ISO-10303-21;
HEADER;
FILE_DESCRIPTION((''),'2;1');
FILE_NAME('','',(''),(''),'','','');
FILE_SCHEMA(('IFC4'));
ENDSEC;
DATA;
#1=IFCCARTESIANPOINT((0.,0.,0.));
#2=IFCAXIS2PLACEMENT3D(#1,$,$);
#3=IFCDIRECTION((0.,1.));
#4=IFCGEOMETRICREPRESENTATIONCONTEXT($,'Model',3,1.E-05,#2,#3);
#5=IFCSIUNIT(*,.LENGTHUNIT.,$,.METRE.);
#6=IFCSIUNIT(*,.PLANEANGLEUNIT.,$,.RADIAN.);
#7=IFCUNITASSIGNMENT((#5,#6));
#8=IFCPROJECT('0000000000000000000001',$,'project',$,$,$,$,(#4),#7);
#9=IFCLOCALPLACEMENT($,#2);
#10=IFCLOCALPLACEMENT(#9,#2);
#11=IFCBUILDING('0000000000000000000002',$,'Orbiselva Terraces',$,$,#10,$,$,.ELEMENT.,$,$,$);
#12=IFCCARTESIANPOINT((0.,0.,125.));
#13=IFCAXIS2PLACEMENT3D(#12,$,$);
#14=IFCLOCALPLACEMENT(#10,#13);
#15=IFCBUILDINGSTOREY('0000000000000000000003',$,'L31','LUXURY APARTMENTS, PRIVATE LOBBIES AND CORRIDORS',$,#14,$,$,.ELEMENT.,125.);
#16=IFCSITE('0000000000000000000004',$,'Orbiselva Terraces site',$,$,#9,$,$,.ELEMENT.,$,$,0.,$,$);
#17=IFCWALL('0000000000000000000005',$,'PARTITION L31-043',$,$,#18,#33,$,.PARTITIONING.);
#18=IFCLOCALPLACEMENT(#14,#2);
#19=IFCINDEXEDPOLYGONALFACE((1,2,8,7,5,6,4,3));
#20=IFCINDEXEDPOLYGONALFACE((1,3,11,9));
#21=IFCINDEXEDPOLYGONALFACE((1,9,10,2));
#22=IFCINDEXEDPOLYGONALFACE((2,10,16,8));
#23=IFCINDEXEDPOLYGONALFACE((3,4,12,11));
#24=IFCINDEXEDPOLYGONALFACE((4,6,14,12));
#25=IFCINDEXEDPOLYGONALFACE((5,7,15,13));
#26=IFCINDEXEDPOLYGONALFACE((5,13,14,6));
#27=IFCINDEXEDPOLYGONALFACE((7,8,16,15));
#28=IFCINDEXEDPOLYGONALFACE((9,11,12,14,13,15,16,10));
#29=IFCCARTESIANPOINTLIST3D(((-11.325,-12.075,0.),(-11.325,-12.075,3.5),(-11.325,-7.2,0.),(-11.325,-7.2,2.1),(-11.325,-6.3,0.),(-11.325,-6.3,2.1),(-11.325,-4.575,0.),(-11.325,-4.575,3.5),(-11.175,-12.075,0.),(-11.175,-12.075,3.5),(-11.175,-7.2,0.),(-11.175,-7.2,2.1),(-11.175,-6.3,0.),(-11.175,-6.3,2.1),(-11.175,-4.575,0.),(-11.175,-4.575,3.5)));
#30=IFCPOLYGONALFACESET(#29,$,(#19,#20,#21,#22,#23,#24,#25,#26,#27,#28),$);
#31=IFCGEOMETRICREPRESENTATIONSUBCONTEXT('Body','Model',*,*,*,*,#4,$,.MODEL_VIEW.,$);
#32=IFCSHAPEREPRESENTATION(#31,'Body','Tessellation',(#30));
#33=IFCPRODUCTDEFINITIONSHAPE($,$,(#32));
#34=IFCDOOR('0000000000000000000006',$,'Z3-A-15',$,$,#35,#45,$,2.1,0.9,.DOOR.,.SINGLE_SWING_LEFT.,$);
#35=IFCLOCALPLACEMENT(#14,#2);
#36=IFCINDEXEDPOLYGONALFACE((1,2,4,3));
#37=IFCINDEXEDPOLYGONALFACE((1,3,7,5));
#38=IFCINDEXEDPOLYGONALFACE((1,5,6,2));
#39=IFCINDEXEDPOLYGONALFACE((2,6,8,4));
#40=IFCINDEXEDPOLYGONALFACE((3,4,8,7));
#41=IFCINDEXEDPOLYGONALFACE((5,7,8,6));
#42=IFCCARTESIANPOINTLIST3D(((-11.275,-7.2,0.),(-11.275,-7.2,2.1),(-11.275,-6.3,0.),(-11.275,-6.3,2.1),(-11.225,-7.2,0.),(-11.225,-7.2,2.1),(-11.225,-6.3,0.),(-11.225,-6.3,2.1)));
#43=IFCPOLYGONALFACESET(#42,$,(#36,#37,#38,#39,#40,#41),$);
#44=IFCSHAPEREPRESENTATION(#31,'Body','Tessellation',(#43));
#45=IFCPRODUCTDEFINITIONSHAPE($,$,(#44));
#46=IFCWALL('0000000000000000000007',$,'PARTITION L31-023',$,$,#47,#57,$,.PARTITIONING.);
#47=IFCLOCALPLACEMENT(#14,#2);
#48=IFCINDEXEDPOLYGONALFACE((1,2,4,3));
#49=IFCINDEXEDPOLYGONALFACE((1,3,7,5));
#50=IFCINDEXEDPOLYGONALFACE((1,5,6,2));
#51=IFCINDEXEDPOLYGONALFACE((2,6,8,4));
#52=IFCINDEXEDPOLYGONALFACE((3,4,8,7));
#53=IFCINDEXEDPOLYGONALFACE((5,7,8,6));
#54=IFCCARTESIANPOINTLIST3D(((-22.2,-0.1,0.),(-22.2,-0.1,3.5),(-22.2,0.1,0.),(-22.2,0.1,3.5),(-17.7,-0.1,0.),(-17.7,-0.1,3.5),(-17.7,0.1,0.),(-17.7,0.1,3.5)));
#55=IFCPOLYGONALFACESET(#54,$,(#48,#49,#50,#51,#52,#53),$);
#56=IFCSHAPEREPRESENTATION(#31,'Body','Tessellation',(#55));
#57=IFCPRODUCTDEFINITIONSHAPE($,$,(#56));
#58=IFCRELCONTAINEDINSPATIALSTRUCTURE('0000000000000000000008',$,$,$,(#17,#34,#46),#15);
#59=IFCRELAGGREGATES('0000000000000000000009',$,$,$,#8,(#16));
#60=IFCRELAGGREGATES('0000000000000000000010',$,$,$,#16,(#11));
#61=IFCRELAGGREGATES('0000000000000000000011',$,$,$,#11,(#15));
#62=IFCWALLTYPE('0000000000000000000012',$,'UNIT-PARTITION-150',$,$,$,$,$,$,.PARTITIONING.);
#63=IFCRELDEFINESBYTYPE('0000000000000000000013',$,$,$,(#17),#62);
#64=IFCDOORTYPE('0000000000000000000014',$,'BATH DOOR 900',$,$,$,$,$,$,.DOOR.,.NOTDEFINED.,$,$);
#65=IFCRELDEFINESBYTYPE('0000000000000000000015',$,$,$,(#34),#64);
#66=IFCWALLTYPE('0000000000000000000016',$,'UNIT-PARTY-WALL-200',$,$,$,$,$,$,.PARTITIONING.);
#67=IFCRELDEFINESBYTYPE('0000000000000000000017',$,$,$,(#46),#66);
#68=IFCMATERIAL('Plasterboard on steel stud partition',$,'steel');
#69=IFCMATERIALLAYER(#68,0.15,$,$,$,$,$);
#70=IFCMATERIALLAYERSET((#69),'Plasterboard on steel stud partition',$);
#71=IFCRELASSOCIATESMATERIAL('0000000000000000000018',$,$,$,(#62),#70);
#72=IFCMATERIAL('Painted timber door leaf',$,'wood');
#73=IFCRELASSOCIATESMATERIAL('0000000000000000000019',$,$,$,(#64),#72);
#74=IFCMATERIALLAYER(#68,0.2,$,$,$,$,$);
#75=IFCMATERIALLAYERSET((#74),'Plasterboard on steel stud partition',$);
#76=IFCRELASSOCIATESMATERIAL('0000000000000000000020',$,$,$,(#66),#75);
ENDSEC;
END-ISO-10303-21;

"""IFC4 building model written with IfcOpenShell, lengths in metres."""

from ifc_helpers import new_model, si_unit, direction, frame, frame_2d, origin, place, context, subcontext, project, spatial, rectangle, extrude, material, layer, layer_set, type_object, element, fill, save


model = new_model("IFC4")

# Units and contexts
model_context = context("Model", 3, precision=1e-05, world=origin(), true_north=direction((0.0, 1.0)))
body_context = subcontext(model_context, "Body", "Model", "MODEL_VIEW")
ifc_project = project(units=[si_unit("LENGTHUNIT", "METRE"), si_unit("PLANEANGLEUNIT", "RADIAN")], contexts=[model_context])

# Site, building, storey
site_placement = place(None, origin())
site = spatial("IfcSite", under=ifc_project, at=site_placement, Name="Orbiselva Terraces site", CompositionType="ELEMENT", RefElevation=0.0)
building_placement = place(site_placement, origin())
building = spatial("IfcBuilding", under=site, at=building_placement, Name="Orbiselva Terraces", CompositionType="ELEMENT")
storey_placement = place(building_placement, frame((0.0, 0.0, 125.0)))
storey = spatial("IfcBuildingStorey", under=building, at=storey_placement, Name="L31", Description="LUXURY APARTMENTS, PRIVATE LOBBIES AND CORRIDORS", CompositionType="ELEMENT", Elevation=125.0)

# Shared definitions
ifc_material_1 = material(Name="Plasterboard on steel stud partition", Category="steel")
ifc_layer_1 = layer(ifc_material_1, 0.15)
ifc_layer_set_1 = layer_set([ifc_layer_1], Name="Plasterboard on steel stud partition")
wall_type_1 = type_object("IfcWallType", Name="UNIT-PARTITION-150", PredefinedType="PARTITIONING", material=ifc_layer_set_1)

# Shared definitions
ifc_material_2 = material(Name="Painted timber door leaf", Category="wood")
door_type_1 = type_object("IfcDoorType", Name="BATH DOOR 900", OperationType="NOTDEFINED", PredefinedType="DOOR", material=ifc_material_2)

# Wall, opening, door
wall_1_placement = place(storey_placement, frame((-11.25, -4.575, 0.0), z_axis=(0.0, 0.0, 1.0), x_axis=(0.0, -1.0, 0.0)))
wall_1 = element("IfcWall", 1, at=wall_1_placement, inside=storey, type_object=wall_type_1, Name="PARTITION L31-043", PredefinedType="PARTITIONING", context=body_context, shape_type="SweptSolid", body=[
    extrude(rectangle(XDim=7.5, YDim=0.15, at=frame_2d((3.75, 0.0))), origin(), (0.0, 0.0, 1.0), 3.5),
])
opening_1_placement = place(wall_1_placement, frame((1.725, 0.0, 0.0)))
opening_1 = element("IfcOpeningElement", 2, at=opening_1_placement, cuts=wall_1, PredefinedType="OPENING", context=body_context, shape_type="SweptSolid", body=[
    extrude(rectangle(XDim=0.9, YDim=2.1, at=frame_2d((0.45, 1.05))), frame((0.0, 0.085, 0.0), z_axis=(0.0, -1.0, 0.0), x_axis=(1.0, 0.0, 0.0)), (0.0, 0.0, 1.0), 0.17),
])
door_1_placement = place(opening_1_placement, origin())
door_1 = element("IfcDoor", 3, at=door_1_placement, inside=storey, type_object=door_type_1, Name="Z3-A-15", OperationType="SINGLE_SWING_LEFT", OverallHeight=2.1, OverallWidth=0.9, PredefinedType="DOOR", context=body_context, shape_type="SweptSolid", body=[
    extrude(rectangle(XDim=0.9, YDim=2.1, at=frame_2d((0.45, 1.05))), frame((0.0, 0.025, 0.0), z_axis=(0.0, -1.0, 0.0), x_axis=(1.0, 0.0, 0.0)), (0.0, 0.0, 1.0), 0.05),
])
fill(opening_1, door_1)

# Wall
ifc_layer_2 = layer(ifc_material_1, 0.2)
ifc_layer_set_2 = layer_set([ifc_layer_2], Name="Plasterboard on steel stud partition")
wall_type_2 = type_object("IfcWallType", Name="UNIT-PARTY-WALL-200", PredefinedType="PARTITIONING", material=ifc_layer_set_2)
wall_2_placement = place(storey_placement, frame((-22.2, 0.0, 0.0), z_axis=(0.0, 0.0, 1.0), x_axis=(1.0, 0.0, 0.0)))
element("IfcWall", 4, at=wall_2_placement, inside=storey, type_object=wall_type_2, Name="PARTITION L31-023", PredefinedType="PARTITIONING", context=body_context, shape_type="SweptSolid", body=[
    extrude(rectangle(XDim=4.5, YDim=0.2, at=frame_2d((2.25, 0.0))), origin(), (0.0, 0.0, 1.0), 3.5),
])

save(model, "model.ifc")
